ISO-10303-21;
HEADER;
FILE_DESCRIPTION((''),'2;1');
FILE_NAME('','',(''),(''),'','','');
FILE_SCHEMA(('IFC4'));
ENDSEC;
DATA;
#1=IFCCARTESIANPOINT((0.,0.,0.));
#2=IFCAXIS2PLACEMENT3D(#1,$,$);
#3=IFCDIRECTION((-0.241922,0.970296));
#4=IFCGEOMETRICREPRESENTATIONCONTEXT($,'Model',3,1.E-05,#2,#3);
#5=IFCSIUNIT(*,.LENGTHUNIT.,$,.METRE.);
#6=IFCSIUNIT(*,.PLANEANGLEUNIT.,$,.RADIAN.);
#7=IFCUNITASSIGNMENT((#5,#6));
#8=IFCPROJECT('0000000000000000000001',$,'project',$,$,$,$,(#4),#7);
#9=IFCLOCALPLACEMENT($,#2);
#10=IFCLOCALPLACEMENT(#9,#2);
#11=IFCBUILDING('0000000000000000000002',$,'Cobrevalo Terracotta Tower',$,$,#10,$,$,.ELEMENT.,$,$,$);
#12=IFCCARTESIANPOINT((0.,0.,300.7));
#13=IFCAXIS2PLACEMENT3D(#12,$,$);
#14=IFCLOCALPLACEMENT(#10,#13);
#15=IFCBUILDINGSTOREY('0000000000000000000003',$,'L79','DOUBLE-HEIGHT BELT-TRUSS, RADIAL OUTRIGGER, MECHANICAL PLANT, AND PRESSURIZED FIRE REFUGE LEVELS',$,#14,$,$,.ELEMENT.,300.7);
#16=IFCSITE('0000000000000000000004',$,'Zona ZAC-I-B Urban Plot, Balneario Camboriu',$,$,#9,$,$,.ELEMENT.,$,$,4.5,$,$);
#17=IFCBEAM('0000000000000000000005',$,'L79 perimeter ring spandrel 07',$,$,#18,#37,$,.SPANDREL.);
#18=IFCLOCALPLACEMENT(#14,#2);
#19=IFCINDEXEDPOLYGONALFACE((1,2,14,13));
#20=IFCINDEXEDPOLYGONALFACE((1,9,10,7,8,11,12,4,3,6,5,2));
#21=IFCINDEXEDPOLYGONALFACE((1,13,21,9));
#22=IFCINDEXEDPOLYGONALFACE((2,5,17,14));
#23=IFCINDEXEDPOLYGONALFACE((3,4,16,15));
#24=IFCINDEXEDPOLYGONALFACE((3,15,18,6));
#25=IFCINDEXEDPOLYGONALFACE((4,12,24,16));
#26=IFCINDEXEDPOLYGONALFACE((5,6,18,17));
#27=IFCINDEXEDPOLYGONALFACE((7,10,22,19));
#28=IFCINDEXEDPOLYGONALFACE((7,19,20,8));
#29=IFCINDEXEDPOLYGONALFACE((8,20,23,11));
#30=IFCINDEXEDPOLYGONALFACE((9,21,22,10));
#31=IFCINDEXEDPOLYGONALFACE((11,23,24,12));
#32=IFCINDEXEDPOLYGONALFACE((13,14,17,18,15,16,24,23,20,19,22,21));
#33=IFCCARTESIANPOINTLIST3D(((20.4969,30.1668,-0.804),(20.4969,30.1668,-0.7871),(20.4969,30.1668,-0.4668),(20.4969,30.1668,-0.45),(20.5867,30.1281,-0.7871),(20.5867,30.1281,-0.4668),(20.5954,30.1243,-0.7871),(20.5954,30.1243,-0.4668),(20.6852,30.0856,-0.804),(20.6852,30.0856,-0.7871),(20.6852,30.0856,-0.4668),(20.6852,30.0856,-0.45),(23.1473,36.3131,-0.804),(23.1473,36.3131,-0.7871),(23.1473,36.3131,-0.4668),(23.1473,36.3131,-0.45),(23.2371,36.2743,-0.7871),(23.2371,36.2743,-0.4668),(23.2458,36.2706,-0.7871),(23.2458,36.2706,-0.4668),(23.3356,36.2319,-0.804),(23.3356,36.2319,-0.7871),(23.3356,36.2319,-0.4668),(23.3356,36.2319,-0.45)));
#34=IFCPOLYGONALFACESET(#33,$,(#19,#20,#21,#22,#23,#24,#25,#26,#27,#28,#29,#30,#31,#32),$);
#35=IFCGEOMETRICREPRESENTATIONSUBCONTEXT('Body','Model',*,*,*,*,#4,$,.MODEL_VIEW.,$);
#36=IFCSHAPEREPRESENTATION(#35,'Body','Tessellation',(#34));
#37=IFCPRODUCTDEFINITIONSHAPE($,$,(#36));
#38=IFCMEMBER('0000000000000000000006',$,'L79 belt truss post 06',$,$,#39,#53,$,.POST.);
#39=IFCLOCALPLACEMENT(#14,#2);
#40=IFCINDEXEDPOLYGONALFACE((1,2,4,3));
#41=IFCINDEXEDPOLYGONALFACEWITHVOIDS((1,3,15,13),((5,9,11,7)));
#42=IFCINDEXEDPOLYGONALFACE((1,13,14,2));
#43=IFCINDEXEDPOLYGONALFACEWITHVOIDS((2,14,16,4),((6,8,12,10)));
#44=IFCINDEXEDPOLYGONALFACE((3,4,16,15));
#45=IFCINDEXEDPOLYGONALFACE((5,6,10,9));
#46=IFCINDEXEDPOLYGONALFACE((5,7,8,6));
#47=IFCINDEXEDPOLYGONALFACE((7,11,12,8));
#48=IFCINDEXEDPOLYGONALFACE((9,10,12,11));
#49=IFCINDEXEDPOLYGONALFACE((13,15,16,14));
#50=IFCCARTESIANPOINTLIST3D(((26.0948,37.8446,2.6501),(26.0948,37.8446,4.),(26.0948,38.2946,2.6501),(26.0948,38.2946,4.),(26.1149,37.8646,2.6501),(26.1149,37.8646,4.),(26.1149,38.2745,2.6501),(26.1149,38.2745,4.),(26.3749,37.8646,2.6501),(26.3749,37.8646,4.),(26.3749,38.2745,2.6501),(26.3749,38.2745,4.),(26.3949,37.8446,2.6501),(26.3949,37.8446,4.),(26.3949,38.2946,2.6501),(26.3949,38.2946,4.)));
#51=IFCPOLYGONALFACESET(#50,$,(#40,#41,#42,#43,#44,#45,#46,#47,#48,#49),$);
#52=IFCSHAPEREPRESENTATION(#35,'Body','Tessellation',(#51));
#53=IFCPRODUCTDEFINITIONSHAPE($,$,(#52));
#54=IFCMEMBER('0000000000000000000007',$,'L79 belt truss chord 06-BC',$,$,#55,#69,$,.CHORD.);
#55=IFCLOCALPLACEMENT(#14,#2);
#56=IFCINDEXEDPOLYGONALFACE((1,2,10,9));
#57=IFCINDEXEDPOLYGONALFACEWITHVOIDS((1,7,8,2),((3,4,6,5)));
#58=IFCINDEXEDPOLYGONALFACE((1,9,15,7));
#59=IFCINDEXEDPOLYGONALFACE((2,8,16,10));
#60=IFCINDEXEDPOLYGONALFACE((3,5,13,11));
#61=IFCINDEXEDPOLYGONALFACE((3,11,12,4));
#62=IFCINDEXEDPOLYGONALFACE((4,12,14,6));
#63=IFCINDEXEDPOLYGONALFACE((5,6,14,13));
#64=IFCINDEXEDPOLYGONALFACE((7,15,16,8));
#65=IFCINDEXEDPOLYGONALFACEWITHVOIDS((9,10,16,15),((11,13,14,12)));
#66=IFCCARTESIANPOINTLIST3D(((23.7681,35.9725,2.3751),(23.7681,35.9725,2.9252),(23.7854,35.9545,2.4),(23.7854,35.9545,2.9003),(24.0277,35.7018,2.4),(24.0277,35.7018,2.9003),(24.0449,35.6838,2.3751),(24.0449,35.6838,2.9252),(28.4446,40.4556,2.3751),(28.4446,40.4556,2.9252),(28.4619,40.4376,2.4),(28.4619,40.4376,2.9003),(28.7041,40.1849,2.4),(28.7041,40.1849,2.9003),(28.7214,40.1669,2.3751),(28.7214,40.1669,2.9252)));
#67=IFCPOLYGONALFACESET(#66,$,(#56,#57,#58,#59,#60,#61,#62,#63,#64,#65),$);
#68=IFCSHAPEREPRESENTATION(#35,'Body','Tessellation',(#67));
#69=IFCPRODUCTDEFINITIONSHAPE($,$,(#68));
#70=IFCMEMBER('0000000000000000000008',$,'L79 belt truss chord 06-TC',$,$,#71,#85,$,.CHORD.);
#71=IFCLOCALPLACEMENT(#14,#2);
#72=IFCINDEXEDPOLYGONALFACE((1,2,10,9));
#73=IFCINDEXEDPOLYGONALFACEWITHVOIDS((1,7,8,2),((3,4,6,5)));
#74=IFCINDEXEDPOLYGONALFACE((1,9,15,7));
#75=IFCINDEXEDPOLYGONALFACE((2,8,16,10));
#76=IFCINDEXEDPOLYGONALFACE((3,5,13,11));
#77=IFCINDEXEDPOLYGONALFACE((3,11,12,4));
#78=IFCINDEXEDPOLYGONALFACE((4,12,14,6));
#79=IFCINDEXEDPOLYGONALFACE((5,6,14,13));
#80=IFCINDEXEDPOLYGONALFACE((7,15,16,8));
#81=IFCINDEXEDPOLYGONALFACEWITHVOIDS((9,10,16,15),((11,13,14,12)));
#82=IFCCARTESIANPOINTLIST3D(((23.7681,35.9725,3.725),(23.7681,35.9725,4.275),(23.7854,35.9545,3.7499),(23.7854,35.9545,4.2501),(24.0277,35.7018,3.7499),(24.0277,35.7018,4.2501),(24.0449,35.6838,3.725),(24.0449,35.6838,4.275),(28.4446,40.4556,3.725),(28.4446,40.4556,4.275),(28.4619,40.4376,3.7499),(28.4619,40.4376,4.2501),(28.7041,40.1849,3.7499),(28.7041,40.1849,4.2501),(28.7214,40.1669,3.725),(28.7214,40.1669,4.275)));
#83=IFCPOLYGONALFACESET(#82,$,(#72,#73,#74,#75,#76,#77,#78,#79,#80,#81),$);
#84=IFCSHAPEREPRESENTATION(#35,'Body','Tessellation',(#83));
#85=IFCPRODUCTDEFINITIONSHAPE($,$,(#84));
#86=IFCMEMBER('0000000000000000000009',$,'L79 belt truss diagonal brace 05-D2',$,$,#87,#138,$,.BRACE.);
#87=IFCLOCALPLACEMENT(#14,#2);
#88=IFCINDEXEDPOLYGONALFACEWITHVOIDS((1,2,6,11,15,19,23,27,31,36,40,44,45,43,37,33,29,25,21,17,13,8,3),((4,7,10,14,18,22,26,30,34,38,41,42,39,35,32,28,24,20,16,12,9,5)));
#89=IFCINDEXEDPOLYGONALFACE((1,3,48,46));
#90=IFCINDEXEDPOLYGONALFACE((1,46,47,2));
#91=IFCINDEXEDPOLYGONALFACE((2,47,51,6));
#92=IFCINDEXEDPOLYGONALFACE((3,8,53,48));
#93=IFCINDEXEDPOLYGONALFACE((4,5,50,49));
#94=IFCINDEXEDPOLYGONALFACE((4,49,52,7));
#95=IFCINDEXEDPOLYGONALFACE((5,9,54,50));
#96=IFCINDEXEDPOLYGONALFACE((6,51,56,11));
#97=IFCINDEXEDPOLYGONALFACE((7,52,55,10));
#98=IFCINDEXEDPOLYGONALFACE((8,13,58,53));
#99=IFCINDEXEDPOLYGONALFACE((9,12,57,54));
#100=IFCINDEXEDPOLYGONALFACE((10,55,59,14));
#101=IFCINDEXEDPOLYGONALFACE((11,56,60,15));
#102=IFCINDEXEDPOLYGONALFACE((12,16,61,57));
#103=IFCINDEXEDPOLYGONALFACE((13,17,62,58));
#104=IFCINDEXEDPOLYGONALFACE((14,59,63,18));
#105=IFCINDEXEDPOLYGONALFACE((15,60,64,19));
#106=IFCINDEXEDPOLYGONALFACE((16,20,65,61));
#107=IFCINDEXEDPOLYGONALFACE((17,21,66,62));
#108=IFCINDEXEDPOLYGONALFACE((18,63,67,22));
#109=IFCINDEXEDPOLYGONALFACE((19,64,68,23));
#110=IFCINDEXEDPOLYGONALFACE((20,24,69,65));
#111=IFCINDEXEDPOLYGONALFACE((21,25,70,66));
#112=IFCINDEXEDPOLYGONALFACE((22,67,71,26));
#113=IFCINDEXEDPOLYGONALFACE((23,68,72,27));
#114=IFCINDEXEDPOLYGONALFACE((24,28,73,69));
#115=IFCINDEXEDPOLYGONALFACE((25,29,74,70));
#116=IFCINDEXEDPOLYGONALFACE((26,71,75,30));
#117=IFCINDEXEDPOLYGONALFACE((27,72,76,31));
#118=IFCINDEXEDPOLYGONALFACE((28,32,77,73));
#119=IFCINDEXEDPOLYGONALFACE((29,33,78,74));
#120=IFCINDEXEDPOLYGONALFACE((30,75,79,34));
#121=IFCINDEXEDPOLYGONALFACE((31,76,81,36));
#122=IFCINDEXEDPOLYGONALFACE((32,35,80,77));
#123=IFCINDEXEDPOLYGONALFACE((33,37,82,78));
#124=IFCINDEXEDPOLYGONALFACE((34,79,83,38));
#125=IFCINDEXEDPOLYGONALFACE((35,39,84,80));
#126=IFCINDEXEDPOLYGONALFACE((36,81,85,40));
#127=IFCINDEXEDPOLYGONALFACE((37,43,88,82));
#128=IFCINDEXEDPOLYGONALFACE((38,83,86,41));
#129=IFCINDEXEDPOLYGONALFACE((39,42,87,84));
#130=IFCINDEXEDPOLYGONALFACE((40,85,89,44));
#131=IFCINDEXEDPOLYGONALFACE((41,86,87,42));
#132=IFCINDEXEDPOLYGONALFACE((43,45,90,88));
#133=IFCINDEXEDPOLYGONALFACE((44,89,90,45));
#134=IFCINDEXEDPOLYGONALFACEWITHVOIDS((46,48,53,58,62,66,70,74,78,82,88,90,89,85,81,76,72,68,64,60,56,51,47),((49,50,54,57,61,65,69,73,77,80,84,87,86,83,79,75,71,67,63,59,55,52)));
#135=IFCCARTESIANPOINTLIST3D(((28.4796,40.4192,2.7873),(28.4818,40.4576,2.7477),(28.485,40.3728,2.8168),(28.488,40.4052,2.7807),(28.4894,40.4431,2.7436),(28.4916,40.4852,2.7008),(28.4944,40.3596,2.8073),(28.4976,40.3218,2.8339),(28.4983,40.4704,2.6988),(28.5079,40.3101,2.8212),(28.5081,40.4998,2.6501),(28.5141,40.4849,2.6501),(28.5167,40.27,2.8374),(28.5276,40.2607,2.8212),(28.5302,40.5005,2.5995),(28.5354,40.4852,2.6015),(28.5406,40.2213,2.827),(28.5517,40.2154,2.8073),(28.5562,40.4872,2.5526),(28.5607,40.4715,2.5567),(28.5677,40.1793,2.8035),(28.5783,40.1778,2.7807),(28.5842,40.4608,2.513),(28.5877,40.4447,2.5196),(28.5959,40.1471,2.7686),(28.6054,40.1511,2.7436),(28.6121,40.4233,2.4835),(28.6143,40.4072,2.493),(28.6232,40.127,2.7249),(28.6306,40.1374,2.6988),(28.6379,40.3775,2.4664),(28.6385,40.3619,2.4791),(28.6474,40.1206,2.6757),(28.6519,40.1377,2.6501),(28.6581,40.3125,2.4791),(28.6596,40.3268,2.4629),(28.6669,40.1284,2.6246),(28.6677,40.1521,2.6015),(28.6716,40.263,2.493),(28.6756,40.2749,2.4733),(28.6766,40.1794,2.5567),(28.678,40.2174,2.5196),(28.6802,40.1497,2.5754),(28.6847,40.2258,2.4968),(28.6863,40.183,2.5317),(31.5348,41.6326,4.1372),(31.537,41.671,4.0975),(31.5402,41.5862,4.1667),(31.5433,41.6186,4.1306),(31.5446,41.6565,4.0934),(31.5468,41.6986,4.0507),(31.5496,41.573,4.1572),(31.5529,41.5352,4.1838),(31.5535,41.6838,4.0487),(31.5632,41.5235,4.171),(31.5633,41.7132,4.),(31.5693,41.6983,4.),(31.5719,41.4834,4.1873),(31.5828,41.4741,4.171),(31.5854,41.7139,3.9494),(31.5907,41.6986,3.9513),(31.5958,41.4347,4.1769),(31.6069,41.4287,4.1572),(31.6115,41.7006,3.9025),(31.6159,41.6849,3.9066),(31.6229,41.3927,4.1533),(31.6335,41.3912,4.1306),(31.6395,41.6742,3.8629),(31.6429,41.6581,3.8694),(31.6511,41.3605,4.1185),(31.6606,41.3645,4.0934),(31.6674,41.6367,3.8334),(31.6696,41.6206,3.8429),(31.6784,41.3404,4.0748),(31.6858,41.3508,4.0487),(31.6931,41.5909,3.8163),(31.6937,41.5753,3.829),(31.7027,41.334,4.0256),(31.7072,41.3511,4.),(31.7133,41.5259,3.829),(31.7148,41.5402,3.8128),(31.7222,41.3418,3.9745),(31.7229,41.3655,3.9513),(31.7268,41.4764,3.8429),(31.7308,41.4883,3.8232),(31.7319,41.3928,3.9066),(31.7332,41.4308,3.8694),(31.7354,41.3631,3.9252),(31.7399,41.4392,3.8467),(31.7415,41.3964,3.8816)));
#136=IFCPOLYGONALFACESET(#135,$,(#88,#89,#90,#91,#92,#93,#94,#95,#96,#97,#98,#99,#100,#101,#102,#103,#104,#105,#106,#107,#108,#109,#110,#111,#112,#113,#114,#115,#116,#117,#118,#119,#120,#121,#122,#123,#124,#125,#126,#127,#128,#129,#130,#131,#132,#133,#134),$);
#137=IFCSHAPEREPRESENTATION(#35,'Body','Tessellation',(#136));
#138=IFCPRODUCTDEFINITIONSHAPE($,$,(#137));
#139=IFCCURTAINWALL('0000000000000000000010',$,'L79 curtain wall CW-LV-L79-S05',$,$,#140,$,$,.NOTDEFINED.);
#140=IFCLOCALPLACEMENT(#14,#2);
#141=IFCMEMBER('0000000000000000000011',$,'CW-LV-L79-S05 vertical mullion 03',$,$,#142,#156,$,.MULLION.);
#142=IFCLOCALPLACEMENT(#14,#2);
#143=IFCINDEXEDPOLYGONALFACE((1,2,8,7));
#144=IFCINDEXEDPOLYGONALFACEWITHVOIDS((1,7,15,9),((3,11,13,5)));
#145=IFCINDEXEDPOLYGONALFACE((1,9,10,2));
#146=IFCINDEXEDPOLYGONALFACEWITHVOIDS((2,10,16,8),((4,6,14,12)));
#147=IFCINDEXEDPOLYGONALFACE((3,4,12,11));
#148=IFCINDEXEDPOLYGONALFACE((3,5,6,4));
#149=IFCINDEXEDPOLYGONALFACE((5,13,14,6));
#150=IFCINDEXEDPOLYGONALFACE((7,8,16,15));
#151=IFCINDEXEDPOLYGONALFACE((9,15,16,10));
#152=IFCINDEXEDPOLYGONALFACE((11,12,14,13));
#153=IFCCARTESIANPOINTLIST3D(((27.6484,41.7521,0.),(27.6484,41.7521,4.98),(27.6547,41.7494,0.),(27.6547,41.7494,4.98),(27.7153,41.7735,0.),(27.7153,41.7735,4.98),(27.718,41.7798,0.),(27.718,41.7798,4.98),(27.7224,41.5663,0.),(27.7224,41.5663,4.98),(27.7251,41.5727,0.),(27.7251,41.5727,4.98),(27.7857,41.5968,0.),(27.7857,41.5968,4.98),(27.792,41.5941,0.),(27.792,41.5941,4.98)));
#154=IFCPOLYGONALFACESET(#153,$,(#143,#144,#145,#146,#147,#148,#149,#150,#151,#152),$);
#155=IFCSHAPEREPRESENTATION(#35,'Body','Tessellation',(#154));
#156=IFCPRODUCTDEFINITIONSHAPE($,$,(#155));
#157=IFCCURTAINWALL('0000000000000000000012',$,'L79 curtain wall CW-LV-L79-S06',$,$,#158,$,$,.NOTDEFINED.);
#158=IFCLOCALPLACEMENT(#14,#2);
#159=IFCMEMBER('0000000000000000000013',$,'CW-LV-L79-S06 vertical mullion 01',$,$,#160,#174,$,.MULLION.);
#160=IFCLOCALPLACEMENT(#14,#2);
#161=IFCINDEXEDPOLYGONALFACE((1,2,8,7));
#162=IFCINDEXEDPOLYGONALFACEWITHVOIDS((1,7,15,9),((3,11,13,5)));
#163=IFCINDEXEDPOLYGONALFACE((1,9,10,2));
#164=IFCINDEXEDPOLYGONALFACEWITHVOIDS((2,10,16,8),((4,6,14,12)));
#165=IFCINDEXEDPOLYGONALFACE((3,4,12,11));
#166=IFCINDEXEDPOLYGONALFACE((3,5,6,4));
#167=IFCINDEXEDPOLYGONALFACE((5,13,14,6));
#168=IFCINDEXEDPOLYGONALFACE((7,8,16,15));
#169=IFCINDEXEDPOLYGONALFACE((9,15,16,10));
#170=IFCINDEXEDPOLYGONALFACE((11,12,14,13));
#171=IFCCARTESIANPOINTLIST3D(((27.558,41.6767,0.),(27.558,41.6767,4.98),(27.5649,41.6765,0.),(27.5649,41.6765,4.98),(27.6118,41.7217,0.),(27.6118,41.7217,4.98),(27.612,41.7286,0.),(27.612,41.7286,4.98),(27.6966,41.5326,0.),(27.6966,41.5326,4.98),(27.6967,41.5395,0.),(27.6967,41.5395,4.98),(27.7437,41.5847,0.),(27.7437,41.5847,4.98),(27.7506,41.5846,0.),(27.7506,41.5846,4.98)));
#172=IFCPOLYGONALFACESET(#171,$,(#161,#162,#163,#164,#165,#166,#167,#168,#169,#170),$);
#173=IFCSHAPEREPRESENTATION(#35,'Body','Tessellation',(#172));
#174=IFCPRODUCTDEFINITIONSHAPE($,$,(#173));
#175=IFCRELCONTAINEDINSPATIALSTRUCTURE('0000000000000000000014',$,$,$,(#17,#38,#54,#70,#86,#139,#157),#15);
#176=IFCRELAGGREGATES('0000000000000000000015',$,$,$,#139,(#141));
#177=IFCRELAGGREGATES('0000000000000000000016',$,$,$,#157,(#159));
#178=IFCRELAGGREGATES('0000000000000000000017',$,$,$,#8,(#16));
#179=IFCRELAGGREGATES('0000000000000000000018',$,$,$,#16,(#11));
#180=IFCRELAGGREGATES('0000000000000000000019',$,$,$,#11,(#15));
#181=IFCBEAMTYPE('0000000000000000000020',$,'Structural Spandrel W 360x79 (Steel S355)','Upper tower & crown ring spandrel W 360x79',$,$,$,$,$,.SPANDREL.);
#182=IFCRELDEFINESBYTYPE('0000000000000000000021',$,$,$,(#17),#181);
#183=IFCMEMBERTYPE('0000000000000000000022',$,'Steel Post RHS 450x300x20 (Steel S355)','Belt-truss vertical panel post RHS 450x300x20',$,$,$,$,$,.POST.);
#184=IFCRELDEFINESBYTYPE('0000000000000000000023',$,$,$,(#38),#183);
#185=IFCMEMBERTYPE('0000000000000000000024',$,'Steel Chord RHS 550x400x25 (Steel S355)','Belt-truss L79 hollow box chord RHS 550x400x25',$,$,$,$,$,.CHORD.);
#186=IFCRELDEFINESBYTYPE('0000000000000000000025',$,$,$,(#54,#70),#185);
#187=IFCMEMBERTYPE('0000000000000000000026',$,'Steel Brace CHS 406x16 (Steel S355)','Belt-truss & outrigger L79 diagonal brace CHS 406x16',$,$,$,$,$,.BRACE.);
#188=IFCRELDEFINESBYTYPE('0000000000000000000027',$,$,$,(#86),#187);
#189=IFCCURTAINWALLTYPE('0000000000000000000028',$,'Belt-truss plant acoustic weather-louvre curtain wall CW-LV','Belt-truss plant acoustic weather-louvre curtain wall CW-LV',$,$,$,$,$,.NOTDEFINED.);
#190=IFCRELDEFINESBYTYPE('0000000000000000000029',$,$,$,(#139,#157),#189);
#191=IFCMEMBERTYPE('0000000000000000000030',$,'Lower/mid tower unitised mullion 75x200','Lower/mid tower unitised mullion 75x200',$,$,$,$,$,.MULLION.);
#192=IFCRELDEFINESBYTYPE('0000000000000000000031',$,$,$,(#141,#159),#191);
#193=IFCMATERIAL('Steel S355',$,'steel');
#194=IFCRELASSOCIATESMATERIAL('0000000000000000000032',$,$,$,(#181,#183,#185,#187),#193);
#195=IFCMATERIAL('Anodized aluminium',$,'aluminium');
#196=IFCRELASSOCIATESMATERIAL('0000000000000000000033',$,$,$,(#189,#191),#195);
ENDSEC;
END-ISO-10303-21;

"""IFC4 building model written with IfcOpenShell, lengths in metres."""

from ifc_helpers import new_model, si_unit, direction, frame, origin, origin_2d, place, context, subcontext, project, spatial, hollow_rectangle, hollow_circle, i_section, extrude, source, transform, mapped, material, material_profile, profile_set, type_object, element, aggregate, save


model = new_model("IFC4")

# Units and contexts
model_context = context("Model", 3, precision=1e-05, world=origin(), true_north=direction((-0.241922, 0.970296)))
body_context = subcontext(model_context, "Body", "Model", "MODEL_VIEW")
ifc_project = project(units=[si_unit("LENGTHUNIT", "METRE"), si_unit("PLANEANGLEUNIT", "RADIAN")], contexts=[model_context])

# Site, building, storey
site_placement = place(None, origin())
site = spatial("IfcSite", under=ifc_project, at=site_placement, Name="Zona ZAC-I-B Urban Plot, Balneario Camboriu", CompositionType="ELEMENT", RefElevation=4.5)
building_placement = place(site_placement, origin())
building = spatial("IfcBuilding", under=site, at=building_placement, Name="Cobrevalo Terracotta Tower", CompositionType="ELEMENT")
storey_placement = place(building_placement, frame((0.0, 0.0, 300.7)))
storey = spatial("IfcBuildingStorey", under=building, at=storey_placement, Name="L79", Description="DOUBLE-HEIGHT BELT-TRUSS, RADIAL OUTRIGGER, MECHANICAL PLANT, AND PRESSURIZED FIRE REFUGE LEVELS", CompositionType="ELEMENT", Elevation=300.7)

# Shared definitions
ifc_material_1 = material(Name="Steel S355", Category="steel")

# Beam
ifc_material_profile_1 = material_profile(ifc_material_1, i_section(OverallWidth=0.2051, OverallDepth=0.354, WebThickness=0.0095, FlangeThickness=0.0168, at=origin_2d()), Name="W 360x79")
ifc_profile_set_1 = profile_set([ifc_material_profile_1], Name="Steel S355")
beam_type_1 = type_object("IfcBeamType", Name="Structural Spandrel W 360x79 (Steel S355)", Description="Upper tower & crown ring spandrel W 360x79", PredefinedType="SPANDREL", material=ifc_profile_set_1)
beam_1_placement = place(storey_placement, frame((23.2415, 36.2725, -0.627), z_axis=(-0.395974, -0.918262, 0.0), x_axis=(0.918262, -0.395974, 0.0)))
element("IfcBeam", 1, at=beam_1_placement, inside=storey, type_object=beam_type_1, Name="L79 perimeter ring spandrel 07", PredefinedType="SPANDREL", context=body_context, shape_type="SweptSolid", body=[
    extrude(i_section(OverallWidth=0.2051, OverallDepth=0.354, WebThickness=0.0095, FlangeThickness=0.0168, at=origin_2d()), origin(), (0.0, 0.0, 1.0), 6.6934),
])

# Members
ifc_material_profile_2 = material_profile(ifc_material_1, hollow_rectangle(XDim=0.3, YDim=0.45, WallThickness=0.02, at=origin_2d()), Name="RHS 450x300x20")
ifc_profile_set_2 = profile_set([ifc_material_profile_2], Name="Steel S355")
member_type_1 = type_object("IfcMemberType", Name="Steel Post RHS 450x300x20 (Steel S355)", Description="Belt-truss vertical panel post RHS 450x300x20", PredefinedType="POST", material=ifc_profile_set_2)
shared_shape_1 = source(origin(), body_context, "Body", "SweptSolid", [
    extrude(hollow_rectangle(XDim=0.3, YDim=0.45, WallThickness=0.02, at=origin_2d()), origin(), (0.0, 0.0, 1.0), 1.3499),
])
member_1_placement = place(storey_placement, frame((26.2449, 38.0696, 2.6501), z_axis=(0.0, 0.0, 1.0), x_axis=(1.0, 0.0, 0.0)))
element("IfcMember", 2, at=member_1_placement, inside=storey, type_object=member_type_1, Name="L79 belt truss post 06", PredefinedType="POST", context=body_context, shape_type="MappedRepresentation", body=[
    mapped(shared_shape_1, transform((0.0, 0.0, 0.0), scale=1.0)),
])
ifc_material_profile_3 = material_profile(ifc_material_1, hollow_rectangle(XDim=0.3999, YDim=0.55, WallThickness=0.0249, at=origin_2d()), Name="RHS 550x400x25")
ifc_profile_set_3 = profile_set([ifc_material_profile_3], Name="Steel S355")
member_type_2 = type_object("IfcMemberType", Name="Steel Chord RHS 550x400x25 (Steel S355)", Description="Belt-truss L79 hollow box chord RHS 550x400x25", PredefinedType="CHORD", material=ifc_profile_set_3)
shared_shape_2 = source(origin(), body_context, "Body", "SweptSolid", [
    extrude(hollow_rectangle(XDim=0.3999, YDim=0.55, WallThickness=0.0249, at=origin_2d()), origin(), (0.0, 0.0, 1.0), 6.4783),
])
for number, where, z_axis, x_axis, name in (
    (3, (28.583, 40.3113, 2.6501), (-0.721873, -0.692026, 0.0), (0.692026, -0.721873, 0.0), "L79 belt truss chord 06-BC"),
    (4, (28.583, 40.3113, 4.0), (-0.721873, -0.692026, 0.0), (0.692026, -0.721873, 0.0), "L79 belt truss chord 06-TC"),
):
    element("IfcMember", number, at=place(storey_placement, frame(where, z_axis=z_axis, x_axis=x_axis)), inside=storey, type_object=member_type_2, Name=name, PredefinedType="CHORD", context=body_context, shape_type="MappedRepresentation", body=[
        mapped(shared_shape_2, transform((0.0, 0.0, 0.0), scale=1.0)),
    ])
ifc_material_profile_4 = material_profile(ifc_material_1, hollow_circle(Radius=0.2029, WallThickness=0.0161, at=origin_2d()), Name="CHS 406x16")
ifc_profile_set_4 = profile_set([ifc_material_profile_4], Name="Steel S355")
member_type_3 = type_object("IfcMemberType", Name="Steel Brace CHS 406x16 (Steel S355)", Description="Belt-truss & outrigger L79 diagonal brace CHS 406x16", PredefinedType="BRACE", material=ifc_profile_set_4)
shared_shape_3 = source(origin(), body_context, "Body", "SweptSolid", [
    extrude(hollow_circle(Radius=0.2029, WallThickness=0.0161, at=origin_2d()), origin(), (0.0, 0.0, 1.0), 3.5537),
])
member_2_placement = place(storey_placement, frame((28.583, 40.3113, 2.6501), z_axis=(0.859727, 0.341445, 0.379849), x_axis=(-0.36911, 0.929386, 0.0)))
element("IfcMember", 5, at=member_2_placement, inside=storey, type_object=member_type_3, Name="L79 belt truss diagonal brace 05-D2", PredefinedType="BRACE", context=body_context, shape_type="MappedRepresentation", body=[
    mapped(shared_shape_3, transform((0.0, 0.0, 0.0), scale=1.0)),
])

# Curtain wall, member
ifc_material_2 = material(Name="Anodized aluminium", Category="aluminium")
curtain_wall_type = type_object("IfcCurtainWallType", Name="Belt-truss plant acoustic weather-louvre curtain wall CW-LV", Description="Belt-truss plant acoustic weather-louvre curtain wall CW-LV", PredefinedType="NOTDEFINED", material=ifc_material_2)
curtain_wall_1_placement = place(storey_placement, origin())
curtain_wall_1 = element("IfcCurtainWall", 6, at=curtain_wall_1_placement, inside=storey, type_object=curtain_wall_type, Name="L79 curtain wall CW-LV-L79-S05", PredefinedType="NOTDEFINED")
ifc_material_profile_5 = material_profile(ifc_material_2, hollow_rectangle(XDim=0.075, YDim=0.2, WallThickness=0.0049, at=origin_2d()), Name="CWM 75x200")
ifc_profile_set_5 = profile_set([ifc_material_profile_5], Name="Anodized aluminium")
member_type_4 = type_object("IfcMemberType", Name="Lower/mid tower unitised mullion 75x200", Description="Lower/mid tower unitised mullion 75x200", PredefinedType="MULLION", material=ifc_profile_set_5)
shared_shape_4 = source(origin(), body_context, "Body", "SweptSolid", [
    extrude(hollow_rectangle(XDim=0.075, YDim=0.2, WallThickness=0.0049, at=origin_2d()), origin(), (0.0, 0.0, 1.0), 4.98),
])
member_3_placement = place(storey_placement, frame((27.7202, 41.6731, 0.0), z_axis=(0.0, 0.0, 1.0), x_axis=(-0.928926, -0.370266, 0.0)))
member_3 = element("IfcMember", 7, at=member_3_placement, type_object=member_type_4, Name="CW-LV-L79-S05 vertical mullion 03", PredefinedType="MULLION", context=body_context, shape_type="MappedRepresentation", body=[
    mapped(shared_shape_4, transform((0.0, 0.0, 0.0), scale=1.0)),
])
aggregate(curtain_wall_1, [member_3])

# Curtain wall, member
curtain_wall_2_placement = place(storey_placement, origin())
curtain_wall_2 = element("IfcCurtainWall", 8, at=curtain_wall_2_placement, inside=storey, type_object=curtain_wall_type, Name="L79 curtain wall CW-LV-L79-S06", PredefinedType="NOTDEFINED")
member_4_placement = place(storey_placement, frame((27.6543, 41.6306, 0.0), z_axis=(0.0, 0.0, 1.0), x_axis=(-0.720551, -0.693402, 0.0)))
member_4 = element("IfcMember", 9, at=member_4_placement, type_object=member_type_4, Name="CW-LV-L79-S06 vertical mullion 01", PredefinedType="MULLION", context=body_context, shape_type="MappedRepresentation", body=[
    mapped(shared_shape_4, transform((0.0, 0.0, 0.0), scale=1.0)),
])

aggregate(curtain_wall_2, [member_4])

save(model, "model.ifc")
